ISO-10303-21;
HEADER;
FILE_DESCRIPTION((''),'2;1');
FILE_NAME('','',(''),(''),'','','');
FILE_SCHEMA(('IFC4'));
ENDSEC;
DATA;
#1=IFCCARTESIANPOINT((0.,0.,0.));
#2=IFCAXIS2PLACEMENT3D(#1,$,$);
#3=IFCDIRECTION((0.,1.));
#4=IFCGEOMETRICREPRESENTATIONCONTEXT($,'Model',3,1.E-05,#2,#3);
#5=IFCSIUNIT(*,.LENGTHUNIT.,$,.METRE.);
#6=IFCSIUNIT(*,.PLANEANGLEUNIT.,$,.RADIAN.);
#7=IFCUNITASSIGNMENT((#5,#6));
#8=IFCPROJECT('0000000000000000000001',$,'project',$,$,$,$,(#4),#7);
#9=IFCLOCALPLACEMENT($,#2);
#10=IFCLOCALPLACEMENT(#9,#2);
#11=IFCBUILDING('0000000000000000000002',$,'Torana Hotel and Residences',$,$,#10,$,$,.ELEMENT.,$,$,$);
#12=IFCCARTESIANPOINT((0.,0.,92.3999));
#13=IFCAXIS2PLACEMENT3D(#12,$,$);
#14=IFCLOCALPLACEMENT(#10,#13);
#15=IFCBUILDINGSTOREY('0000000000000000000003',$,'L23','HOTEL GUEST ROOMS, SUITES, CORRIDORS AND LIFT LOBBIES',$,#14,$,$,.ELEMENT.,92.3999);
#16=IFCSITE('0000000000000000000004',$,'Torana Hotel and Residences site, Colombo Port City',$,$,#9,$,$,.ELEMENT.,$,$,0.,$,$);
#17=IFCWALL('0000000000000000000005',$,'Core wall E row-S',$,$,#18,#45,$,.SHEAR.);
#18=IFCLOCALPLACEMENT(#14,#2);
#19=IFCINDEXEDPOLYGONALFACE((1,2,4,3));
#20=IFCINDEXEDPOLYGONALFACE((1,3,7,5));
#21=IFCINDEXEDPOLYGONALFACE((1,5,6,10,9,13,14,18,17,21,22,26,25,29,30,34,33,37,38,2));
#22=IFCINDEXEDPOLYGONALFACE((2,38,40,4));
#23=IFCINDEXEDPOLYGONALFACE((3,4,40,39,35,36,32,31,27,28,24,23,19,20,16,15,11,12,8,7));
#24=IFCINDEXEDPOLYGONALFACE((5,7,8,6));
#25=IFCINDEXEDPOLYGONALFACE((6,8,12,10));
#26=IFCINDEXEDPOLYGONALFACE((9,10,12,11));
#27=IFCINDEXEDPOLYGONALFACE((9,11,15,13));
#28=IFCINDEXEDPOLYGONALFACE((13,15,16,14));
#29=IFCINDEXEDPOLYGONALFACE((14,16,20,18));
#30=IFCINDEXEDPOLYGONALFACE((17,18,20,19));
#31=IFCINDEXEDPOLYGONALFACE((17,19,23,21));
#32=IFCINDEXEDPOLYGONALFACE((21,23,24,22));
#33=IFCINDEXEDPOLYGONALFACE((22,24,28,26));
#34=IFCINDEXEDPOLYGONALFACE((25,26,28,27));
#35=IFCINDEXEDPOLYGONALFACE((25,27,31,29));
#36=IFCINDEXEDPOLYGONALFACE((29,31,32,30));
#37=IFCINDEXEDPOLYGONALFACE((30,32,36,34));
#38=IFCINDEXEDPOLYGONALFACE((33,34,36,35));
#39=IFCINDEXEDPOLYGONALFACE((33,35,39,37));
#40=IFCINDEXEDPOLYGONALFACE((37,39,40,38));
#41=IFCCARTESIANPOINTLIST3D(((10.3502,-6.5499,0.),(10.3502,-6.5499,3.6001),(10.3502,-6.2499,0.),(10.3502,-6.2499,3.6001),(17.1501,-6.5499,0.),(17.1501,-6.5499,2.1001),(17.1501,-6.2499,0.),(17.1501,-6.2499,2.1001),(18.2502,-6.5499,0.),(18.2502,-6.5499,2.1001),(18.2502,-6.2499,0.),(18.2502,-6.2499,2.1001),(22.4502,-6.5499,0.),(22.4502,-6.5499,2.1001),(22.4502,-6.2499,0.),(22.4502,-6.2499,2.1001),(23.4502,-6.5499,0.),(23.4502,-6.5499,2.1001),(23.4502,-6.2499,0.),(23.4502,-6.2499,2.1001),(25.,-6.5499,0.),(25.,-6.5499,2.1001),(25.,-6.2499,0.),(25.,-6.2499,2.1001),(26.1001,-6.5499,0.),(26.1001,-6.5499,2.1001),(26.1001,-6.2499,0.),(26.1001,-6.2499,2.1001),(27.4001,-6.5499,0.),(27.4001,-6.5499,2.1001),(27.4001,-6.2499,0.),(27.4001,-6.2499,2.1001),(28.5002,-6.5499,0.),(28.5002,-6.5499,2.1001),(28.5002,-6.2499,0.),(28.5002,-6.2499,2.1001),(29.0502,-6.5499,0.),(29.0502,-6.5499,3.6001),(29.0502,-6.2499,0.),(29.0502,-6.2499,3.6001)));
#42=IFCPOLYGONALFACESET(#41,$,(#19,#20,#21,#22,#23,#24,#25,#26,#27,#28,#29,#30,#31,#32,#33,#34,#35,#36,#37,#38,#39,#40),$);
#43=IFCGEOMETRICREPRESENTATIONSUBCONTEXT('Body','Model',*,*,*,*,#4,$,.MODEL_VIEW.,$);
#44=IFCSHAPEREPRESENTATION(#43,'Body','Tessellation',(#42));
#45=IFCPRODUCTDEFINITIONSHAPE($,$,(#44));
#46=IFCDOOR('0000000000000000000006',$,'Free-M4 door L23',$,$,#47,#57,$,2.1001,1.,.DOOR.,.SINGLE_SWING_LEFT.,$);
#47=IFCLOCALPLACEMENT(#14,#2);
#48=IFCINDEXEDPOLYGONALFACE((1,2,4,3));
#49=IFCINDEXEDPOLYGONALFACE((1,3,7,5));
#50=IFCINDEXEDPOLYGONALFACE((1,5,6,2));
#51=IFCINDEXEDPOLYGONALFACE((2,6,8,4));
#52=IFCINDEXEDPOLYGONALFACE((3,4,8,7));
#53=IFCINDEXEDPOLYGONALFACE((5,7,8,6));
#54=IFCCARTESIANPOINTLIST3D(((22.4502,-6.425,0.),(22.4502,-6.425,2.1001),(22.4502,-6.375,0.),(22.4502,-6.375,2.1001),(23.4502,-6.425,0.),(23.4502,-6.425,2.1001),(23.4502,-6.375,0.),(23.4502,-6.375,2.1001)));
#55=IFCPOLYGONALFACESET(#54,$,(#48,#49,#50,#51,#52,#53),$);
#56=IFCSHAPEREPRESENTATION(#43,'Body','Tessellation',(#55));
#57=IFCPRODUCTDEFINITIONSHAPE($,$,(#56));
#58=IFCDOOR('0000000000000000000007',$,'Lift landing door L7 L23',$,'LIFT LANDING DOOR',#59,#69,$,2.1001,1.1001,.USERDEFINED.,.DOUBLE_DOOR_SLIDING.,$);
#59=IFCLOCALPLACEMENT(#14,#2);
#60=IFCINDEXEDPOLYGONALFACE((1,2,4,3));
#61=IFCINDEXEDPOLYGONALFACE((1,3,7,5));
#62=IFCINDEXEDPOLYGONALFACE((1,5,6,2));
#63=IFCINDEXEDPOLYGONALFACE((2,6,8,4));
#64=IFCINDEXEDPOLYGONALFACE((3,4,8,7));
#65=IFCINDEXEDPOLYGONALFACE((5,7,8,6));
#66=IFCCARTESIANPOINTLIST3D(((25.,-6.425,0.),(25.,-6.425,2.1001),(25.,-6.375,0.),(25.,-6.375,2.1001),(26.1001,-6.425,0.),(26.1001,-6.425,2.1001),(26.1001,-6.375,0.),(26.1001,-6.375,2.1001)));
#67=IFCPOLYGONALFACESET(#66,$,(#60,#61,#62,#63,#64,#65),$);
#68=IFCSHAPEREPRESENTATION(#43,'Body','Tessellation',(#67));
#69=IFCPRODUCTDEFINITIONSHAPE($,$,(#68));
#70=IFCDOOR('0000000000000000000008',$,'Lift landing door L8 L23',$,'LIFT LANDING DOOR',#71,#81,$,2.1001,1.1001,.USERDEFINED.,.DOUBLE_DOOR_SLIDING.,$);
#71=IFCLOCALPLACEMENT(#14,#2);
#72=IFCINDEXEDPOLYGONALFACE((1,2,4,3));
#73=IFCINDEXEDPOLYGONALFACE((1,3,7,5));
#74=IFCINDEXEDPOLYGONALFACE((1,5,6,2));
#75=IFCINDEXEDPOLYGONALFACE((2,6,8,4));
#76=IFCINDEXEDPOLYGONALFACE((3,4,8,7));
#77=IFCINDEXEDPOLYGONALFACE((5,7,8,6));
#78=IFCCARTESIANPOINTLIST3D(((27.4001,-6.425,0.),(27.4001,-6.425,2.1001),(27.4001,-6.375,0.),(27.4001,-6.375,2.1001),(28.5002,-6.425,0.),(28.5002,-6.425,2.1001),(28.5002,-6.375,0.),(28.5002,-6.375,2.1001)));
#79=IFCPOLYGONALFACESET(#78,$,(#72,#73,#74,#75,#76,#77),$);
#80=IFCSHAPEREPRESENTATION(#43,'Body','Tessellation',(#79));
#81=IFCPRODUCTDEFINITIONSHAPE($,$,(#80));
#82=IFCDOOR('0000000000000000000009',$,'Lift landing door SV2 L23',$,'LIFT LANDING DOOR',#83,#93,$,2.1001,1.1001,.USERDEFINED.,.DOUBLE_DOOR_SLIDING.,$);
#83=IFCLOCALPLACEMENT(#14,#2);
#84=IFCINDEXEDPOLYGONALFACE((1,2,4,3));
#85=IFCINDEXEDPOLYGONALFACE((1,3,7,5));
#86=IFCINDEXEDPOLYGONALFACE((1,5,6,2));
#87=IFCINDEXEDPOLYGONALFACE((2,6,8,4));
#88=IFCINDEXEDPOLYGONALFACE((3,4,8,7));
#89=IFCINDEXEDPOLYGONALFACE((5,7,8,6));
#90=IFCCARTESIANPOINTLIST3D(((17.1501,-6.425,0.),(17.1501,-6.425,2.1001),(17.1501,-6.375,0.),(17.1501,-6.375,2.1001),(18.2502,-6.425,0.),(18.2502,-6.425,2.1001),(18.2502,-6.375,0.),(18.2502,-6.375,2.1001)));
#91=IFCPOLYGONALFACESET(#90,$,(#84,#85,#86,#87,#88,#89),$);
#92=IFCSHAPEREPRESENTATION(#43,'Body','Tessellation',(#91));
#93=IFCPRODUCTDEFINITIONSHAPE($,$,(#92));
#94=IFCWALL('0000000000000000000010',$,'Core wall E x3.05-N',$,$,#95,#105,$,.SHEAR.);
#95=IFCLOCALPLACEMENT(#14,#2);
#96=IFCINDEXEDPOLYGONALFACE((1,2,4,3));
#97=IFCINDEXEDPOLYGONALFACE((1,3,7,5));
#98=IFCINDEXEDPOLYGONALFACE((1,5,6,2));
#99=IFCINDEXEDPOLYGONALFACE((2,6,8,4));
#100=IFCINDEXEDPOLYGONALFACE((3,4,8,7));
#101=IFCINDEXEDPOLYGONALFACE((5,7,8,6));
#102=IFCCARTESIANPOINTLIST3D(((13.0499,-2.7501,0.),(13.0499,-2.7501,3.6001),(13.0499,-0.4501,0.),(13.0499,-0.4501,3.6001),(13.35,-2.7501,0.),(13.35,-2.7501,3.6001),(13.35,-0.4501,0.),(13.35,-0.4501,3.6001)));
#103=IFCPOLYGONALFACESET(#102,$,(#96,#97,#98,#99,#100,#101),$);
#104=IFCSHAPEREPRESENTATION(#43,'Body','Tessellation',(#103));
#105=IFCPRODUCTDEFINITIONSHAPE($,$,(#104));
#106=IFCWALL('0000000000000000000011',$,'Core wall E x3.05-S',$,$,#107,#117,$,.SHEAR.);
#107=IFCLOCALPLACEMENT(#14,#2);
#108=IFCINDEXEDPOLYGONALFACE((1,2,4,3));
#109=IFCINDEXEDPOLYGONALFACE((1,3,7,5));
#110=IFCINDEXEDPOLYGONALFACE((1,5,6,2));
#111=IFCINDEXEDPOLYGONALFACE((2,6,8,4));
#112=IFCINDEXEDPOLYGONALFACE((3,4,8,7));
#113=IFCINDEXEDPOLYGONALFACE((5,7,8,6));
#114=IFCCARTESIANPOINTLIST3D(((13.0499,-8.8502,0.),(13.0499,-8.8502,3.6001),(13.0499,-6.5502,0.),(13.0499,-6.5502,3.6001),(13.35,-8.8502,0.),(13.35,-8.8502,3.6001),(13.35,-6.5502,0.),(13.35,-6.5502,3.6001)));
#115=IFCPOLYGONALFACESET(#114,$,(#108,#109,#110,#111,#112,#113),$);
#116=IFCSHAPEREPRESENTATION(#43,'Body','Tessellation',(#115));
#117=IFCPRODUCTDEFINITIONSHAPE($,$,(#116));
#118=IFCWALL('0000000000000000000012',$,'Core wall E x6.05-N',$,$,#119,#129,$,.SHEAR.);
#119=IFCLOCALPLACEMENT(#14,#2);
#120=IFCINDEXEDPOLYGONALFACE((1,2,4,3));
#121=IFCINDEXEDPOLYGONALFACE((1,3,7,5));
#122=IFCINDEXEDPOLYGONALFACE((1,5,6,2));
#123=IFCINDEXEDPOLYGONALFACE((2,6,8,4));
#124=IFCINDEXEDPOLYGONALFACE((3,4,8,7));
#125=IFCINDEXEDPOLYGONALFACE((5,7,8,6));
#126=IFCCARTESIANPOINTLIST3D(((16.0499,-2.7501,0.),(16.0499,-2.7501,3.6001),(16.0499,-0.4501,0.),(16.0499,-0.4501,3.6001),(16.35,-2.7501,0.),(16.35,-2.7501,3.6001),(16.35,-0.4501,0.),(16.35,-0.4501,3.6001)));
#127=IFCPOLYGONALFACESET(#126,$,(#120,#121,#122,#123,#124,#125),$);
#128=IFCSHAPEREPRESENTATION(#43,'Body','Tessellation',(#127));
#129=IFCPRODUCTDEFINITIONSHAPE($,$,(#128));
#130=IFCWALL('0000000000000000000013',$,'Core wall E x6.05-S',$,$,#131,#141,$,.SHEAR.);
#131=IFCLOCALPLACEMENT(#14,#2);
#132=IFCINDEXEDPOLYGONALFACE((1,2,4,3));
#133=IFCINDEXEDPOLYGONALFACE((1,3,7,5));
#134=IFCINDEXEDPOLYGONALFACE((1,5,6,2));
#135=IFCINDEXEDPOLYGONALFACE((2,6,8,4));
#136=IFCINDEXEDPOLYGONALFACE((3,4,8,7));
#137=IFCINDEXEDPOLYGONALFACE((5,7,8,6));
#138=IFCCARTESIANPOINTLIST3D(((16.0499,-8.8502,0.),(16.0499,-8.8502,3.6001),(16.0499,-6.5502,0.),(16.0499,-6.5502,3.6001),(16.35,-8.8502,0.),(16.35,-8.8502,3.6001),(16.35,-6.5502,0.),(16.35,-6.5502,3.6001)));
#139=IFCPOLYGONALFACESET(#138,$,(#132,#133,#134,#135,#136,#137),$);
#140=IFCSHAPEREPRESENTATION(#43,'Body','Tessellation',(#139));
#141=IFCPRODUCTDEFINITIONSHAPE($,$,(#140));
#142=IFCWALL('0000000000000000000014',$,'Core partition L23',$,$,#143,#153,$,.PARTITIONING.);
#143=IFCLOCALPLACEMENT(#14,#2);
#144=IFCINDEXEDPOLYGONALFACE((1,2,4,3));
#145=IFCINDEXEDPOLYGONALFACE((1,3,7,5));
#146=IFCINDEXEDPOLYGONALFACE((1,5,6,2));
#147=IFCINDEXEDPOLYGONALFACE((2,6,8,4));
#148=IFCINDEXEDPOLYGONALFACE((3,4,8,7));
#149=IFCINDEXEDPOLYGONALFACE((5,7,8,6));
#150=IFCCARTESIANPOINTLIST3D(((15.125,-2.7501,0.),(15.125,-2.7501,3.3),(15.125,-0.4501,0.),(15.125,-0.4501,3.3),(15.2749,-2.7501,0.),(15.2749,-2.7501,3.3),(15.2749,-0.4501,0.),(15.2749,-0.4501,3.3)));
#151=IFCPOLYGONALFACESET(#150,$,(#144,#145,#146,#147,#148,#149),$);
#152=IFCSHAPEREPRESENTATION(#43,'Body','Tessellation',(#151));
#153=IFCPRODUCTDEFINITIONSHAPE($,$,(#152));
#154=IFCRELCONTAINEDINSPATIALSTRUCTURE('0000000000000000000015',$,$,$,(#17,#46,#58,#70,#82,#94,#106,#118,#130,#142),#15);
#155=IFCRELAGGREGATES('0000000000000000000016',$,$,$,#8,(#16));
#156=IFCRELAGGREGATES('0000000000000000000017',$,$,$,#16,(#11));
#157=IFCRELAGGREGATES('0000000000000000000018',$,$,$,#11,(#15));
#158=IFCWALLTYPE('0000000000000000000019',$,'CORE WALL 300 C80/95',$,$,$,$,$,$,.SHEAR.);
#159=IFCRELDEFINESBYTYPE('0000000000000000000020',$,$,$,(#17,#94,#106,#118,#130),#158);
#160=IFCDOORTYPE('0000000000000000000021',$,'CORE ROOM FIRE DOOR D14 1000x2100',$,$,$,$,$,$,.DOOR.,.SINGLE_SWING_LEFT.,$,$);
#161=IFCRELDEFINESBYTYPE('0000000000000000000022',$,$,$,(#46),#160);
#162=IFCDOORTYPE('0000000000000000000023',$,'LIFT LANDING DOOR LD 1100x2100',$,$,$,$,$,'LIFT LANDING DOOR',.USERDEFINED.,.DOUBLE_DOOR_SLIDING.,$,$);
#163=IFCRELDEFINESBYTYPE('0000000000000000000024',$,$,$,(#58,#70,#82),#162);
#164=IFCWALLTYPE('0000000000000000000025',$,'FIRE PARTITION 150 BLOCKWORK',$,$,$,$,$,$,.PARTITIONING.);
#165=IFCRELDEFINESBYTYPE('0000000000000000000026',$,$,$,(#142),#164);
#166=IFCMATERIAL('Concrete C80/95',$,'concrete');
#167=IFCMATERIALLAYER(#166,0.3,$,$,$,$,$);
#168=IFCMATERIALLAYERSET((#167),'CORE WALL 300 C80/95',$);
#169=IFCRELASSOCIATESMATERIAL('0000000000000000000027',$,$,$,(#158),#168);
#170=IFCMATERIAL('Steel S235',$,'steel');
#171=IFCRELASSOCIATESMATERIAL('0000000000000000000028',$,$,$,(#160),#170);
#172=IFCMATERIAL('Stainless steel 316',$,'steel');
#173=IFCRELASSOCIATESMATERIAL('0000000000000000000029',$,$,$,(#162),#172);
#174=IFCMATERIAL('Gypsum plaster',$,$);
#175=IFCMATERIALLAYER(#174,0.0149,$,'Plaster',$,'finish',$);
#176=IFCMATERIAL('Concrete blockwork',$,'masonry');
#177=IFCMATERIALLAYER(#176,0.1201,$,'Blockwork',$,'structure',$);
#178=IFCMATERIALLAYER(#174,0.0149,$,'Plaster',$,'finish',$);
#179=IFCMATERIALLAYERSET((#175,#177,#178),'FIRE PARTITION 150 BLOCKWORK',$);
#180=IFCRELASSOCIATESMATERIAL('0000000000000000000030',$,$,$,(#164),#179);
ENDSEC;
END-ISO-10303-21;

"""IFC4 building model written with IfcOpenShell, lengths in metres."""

from ifc_helpers import new_model, si_unit, direction, frame, frame_2d, origin, place, context, subcontext, project, spatial, rectangle, extrude, material, layer, layer_set, type_object, element, fill, save


model = new_model("IFC4")

# Units and contexts
model_context = context("Model", 3, precision=1e-05, world=origin(), true_north=direction((0.0, 1.0)))
body_context = subcontext(model_context, "Body", "Model", "MODEL_VIEW")
ifc_project = project(units=[si_unit("LENGTHUNIT", "METRE"), si_unit("PLANEANGLEUNIT", "RADIAN")], contexts=[model_context])

# Site, building, storey
site_placement = place(None, origin())
site = spatial("IfcSite", under=ifc_project, at=site_placement, Name="Torana Hotel and Residences site, Colombo Port City", CompositionType="ELEMENT", RefElevation=0.0)
building_placement = place(site_placement, origin())
building = spatial("IfcBuilding", under=site, at=building_placement, Name="Torana Hotel and Residences", CompositionType="ELEMENT")
storey_placement = place(building_placement, frame((0.0, 0.0, 92.3999)))
storey = spatial("IfcBuildingStorey", under=building, at=storey_placement, Name="L23", Description="HOTEL GUEST ROOMS, SUITES, CORRIDORS AND LIFT LOBBIES", CompositionType="ELEMENT", Elevation=92.3999)

# Wall, openings, doors
ifc_material_1 = material(Name="Concrete C80/95", Category="concrete")
ifc_layer_1 = layer(ifc_material_1, 0.3)
ifc_layer_set_1 = layer_set([ifc_layer_1], Name="CORE WALL 300 C80/95")
wall_type_1 = type_object("IfcWallType", Name="CORE WALL 300 C80/95", PredefinedType="SHEAR", material=ifc_layer_set_1)
ifc_material_2 = material(Name="Steel S235", Category="steel")
door_type_1 = type_object("IfcDoorType", Name="CORE ROOM FIRE DOOR D14 1000x2100", OperationType="SINGLE_SWING_LEFT", PredefinedType="DOOR", material=ifc_material_2)
ifc_material_3 = material(Name="Stainless steel 316", Category="steel")
door_type_2 = type_object("IfcDoorType", Name="LIFT LANDING DOOR LD 1100x2100", ElementType="LIFT LANDING DOOR", OperationType="DOUBLE_DOOR_SLIDING", PredefinedType="USERDEFINED", material=ifc_material_3)
wall_1_placement = place(storey_placement, frame((10.3501, -6.3999, 0.0), z_axis=(0.0, 0.0, 1.0), x_axis=(1.0, 0.0, 0.0)))
wall_1 = element("IfcWall", 1, at=wall_1_placement, inside=storey, type_object=wall_type_1, Name="Core wall E row-S", PredefinedType="SHEAR", context=body_context, shape_type="SweptSolid", body=[
    extrude(rectangle(XDim=18.7, YDim=0.3, at=frame_2d((9.3501, 0.0))), origin(), (0.0, 0.0, 1.0), 3.6001),
])
opening_1_placement = place(wall_1_placement, frame((14.6499, 0.0, 0.0)))
opening_1 = element("IfcOpeningElement", 2, at=opening_1_placement, cuts=wall_1, PredefinedType="OPENING", context=body_context, shape_type="SweptSolid", body=[
    extrude(rectangle(XDim=1.1001, YDim=2.1001, at=frame_2d((0.55, 1.05))), frame((0.0, 0.1599, 0.0), z_axis=(0.0, -1.0, 0.0), x_axis=(1.0, 0.0, 0.0)), (0.0, 0.0, 1.0), 0.3201),
])
opening_2_placement = place(wall_1_placement, frame((17.05, 0.0, 0.0)))
opening_2 = element("IfcOpeningElement", 3, at=opening_2_placement, cuts=wall_1, PredefinedType="OPENING", context=body_context, shape_type="SweptSolid", body=[
    extrude(rectangle(XDim=1.1001, YDim=2.1001, at=frame_2d((0.55, 1.05))), frame((0.0, 0.1599, 0.0), z_axis=(0.0, -1.0, 0.0), x_axis=(1.0, 0.0, 0.0)), (0.0, 0.0, 1.0), 0.3201),
])
opening_3_placement = place(wall_1_placement, frame((6.8, 0.0, 0.0)))
opening_3 = element("IfcOpeningElement", 4, at=opening_3_placement, cuts=wall_1, PredefinedType="OPENING", context=body_context, shape_type="SweptSolid", body=[
    extrude(rectangle(XDim=1.1001, YDim=2.1001, at=frame_2d((0.55, 1.05))), frame((0.0, 0.1599, 0.0), z_axis=(0.0, -1.0, 0.0), x_axis=(1.0, 0.0, 0.0)), (0.0, 0.0, 1.0), 0.3201),
])
opening_4_placement = place(wall_1_placement, frame((12.1001, 0.0, 0.0)))
opening_4 = element("IfcOpeningElement", 5, at=opening_4_placement, cuts=wall_1, PredefinedType="OPENING", context=body_context, shape_type="SweptSolid", body=[
    extrude(rectangle(XDim=1.0, YDim=2.1001, at=frame_2d((0.5, 1.05))), frame((0.0, 0.1599, 0.0), z_axis=(0.0, -1.0, 0.0), x_axis=(1.0, 0.0, 0.0)), (0.0, 0.0, 1.0), 0.3201),
])
door_1_placement = place(opening_4_placement, frame((0.5, 0.0, 0.0), z_axis=(0.0, 0.0, 1.0), x_axis=(-1.0, 0.0, 0.0)))
door_1 = element("IfcDoor", 6, at=door_1_placement, inside=storey, type_object=door_type_1, Name="Free-M4 door L23", OperationType="SINGLE_SWING_LEFT", OverallHeight=2.1001, OverallWidth=1.0, PredefinedType="DOOR", context=body_context, shape_type="SweptSolid", body=[
    extrude(rectangle(XDim=1.0, YDim=2.1001, at=frame_2d((0.0, 1.05))), frame((0.0, -0.0249, 0.0), z_axis=(0.0, 1.0, 0.0), x_axis=(-1.0, 0.0, 0.0)), (0.0, 0.0, 1.0), 0.05),
])
fill(opening_4, door_1)
door_2_placement = place(opening_1_placement, origin())
door_2 = element("IfcDoor", 7, at=door_2_placement, inside=storey, type_object=door_type_2, Name="Lift landing door L7 L23", ObjectType="LIFT LANDING DOOR", OperationType="DOUBLE_DOOR_SLIDING", OverallHeight=2.1001, OverallWidth=1.1001, PredefinedType="USERDEFINED", context=body_context, shape_type="SweptSolid", body=[
    extrude(rectangle(XDim=1.1001, YDim=2.1001, at=frame_2d((0.55, 1.05))), frame((0.0, 0.0249, 0.0), z_axis=(0.0, -1.0, 0.0), x_axis=(1.0, 0.0, 0.0)), (0.0, 0.0, 1.0), 0.05),
])
fill(opening_1, door_2)
door_3_placement = place(opening_2_placement, origin())
door_3 = element("IfcDoor", 8, at=door_3_placement, inside=storey, type_object=door_type_2, Name="Lift landing door L8 L23", ObjectType="LIFT LANDING DOOR", OperationType="DOUBLE_DOOR_SLIDING", OverallHeight=2.1001, OverallWidth=1.1001, PredefinedType="USERDEFINED", context=body_context, shape_type="SweptSolid", body=[
    extrude(rectangle(XDim=1.1001, YDim=2.1001, at=frame_2d((0.55, 1.05))), frame((0.0, 0.0249, 0.0), z_axis=(0.0, -1.0, 0.0), x_axis=(1.0, 0.0, 0.0)), (0.0, 0.0, 1.0), 0.05),
])
fill(opening_2, door_3)
door_4_placement = place(opening_3_placement, origin())
door_4 = element("IfcDoor", 9, at=door_4_placement, inside=storey, type_object=door_type_2, Name="Lift landing door SV2 L23", ObjectType="LIFT LANDING DOOR", OperationType="DOUBLE_DOOR_SLIDING", OverallHeight=2.1001, OverallWidth=1.1001, PredefinedType="USERDEFINED", context=body_context, shape_type="SweptSolid", body=[
    extrude(rectangle(XDim=1.1001, YDim=2.1001, at=frame_2d((0.55, 1.05))), frame((0.0, 0.0249, 0.0), z_axis=(0.0, -1.0, 0.0), x_axis=(1.0, 0.0, 0.0)), (0.0, 0.0, 1.0), 0.05),
])
fill(opening_3, door_4)

# Walls
for number, where, z_axis, x_axis, name in (
    (10, (13.2, -2.75, 0.0), (0.0, 0.0, 1.0), (0.0, 1.0, 0.0), "Core wall E x3.05-N"),
    (11, (13.2, -8.8501, 0.0), (0.0, 0.0, 1.0), (0.0, 1.0, 0.0), "Core wall E x3.05-S"),
    (12, (16.2, -2.75, 0.0), (0.0, 0.0, 1.0), (0.0, 1.0, 0.0), "Core wall E x6.05-N"),
    (13, (16.2, -8.8501, 0.0), (0.0, 0.0, 1.0), (0.0, 1.0, 0.0), "Core wall E x6.05-S"),
):
    element("IfcWall", number, at=place(storey_placement, frame(where, z_axis=z_axis, x_axis=x_axis)), inside=storey, type_object=wall_type_1, Name=name, PredefinedType="SHEAR", context=body_context, shape_type="SweptSolid", body=[
        extrude(rectangle(XDim=2.3, YDim=0.3, at=frame_2d((1.1499, 0.0))), origin(), (0.0, 0.0, 1.0), 3.6001),
    ])
ifc_material_4 = material(Name="Gypsum plaster")
ifc_layer_2 = layer(ifc_material_4, 0.0149, Name="Plaster", Category="finish")
ifc_material_5 = material(Name="Concrete blockwork", Category="masonry")
ifc_layer_3 = layer(ifc_material_5, 0.1201, Name="Blockwork", Category="structure")
ifc_layer_4 = layer(ifc_material_4, 0.0149, Name="Plaster", Category="finish")
ifc_layer_set_2 = layer_set([ifc_layer_2, ifc_layer_3, ifc_layer_4], Name="FIRE PARTITION 150 BLOCKWORK")
wall_type_2 = type_object("IfcWallType", Name="FIRE PARTITION 150 BLOCKWORK", PredefinedType="PARTITIONING", material=ifc_layer_set_2)
wall_2_placement = place(storey_placement, frame((15.2, -2.75, 0.0), z_axis=(0.0, 0.0, 1.0), x_axis=(0.0, 1.0, 0.0)))
element("IfcWall", 14, at=wall_2_placement, inside=storey, type_object=wall_type_2, Name="Core partition L23", PredefinedType="PARTITIONING", context=body_context, shape_type="SweptSolid", body=[
    extrude(rectangle(XDim=2.3, YDim=0.1499, at=frame_2d((1.1499, 0.0))), origin(), (0.0, 0.0, 1.0), 3.3),
])

save(model, "model.ifc")
